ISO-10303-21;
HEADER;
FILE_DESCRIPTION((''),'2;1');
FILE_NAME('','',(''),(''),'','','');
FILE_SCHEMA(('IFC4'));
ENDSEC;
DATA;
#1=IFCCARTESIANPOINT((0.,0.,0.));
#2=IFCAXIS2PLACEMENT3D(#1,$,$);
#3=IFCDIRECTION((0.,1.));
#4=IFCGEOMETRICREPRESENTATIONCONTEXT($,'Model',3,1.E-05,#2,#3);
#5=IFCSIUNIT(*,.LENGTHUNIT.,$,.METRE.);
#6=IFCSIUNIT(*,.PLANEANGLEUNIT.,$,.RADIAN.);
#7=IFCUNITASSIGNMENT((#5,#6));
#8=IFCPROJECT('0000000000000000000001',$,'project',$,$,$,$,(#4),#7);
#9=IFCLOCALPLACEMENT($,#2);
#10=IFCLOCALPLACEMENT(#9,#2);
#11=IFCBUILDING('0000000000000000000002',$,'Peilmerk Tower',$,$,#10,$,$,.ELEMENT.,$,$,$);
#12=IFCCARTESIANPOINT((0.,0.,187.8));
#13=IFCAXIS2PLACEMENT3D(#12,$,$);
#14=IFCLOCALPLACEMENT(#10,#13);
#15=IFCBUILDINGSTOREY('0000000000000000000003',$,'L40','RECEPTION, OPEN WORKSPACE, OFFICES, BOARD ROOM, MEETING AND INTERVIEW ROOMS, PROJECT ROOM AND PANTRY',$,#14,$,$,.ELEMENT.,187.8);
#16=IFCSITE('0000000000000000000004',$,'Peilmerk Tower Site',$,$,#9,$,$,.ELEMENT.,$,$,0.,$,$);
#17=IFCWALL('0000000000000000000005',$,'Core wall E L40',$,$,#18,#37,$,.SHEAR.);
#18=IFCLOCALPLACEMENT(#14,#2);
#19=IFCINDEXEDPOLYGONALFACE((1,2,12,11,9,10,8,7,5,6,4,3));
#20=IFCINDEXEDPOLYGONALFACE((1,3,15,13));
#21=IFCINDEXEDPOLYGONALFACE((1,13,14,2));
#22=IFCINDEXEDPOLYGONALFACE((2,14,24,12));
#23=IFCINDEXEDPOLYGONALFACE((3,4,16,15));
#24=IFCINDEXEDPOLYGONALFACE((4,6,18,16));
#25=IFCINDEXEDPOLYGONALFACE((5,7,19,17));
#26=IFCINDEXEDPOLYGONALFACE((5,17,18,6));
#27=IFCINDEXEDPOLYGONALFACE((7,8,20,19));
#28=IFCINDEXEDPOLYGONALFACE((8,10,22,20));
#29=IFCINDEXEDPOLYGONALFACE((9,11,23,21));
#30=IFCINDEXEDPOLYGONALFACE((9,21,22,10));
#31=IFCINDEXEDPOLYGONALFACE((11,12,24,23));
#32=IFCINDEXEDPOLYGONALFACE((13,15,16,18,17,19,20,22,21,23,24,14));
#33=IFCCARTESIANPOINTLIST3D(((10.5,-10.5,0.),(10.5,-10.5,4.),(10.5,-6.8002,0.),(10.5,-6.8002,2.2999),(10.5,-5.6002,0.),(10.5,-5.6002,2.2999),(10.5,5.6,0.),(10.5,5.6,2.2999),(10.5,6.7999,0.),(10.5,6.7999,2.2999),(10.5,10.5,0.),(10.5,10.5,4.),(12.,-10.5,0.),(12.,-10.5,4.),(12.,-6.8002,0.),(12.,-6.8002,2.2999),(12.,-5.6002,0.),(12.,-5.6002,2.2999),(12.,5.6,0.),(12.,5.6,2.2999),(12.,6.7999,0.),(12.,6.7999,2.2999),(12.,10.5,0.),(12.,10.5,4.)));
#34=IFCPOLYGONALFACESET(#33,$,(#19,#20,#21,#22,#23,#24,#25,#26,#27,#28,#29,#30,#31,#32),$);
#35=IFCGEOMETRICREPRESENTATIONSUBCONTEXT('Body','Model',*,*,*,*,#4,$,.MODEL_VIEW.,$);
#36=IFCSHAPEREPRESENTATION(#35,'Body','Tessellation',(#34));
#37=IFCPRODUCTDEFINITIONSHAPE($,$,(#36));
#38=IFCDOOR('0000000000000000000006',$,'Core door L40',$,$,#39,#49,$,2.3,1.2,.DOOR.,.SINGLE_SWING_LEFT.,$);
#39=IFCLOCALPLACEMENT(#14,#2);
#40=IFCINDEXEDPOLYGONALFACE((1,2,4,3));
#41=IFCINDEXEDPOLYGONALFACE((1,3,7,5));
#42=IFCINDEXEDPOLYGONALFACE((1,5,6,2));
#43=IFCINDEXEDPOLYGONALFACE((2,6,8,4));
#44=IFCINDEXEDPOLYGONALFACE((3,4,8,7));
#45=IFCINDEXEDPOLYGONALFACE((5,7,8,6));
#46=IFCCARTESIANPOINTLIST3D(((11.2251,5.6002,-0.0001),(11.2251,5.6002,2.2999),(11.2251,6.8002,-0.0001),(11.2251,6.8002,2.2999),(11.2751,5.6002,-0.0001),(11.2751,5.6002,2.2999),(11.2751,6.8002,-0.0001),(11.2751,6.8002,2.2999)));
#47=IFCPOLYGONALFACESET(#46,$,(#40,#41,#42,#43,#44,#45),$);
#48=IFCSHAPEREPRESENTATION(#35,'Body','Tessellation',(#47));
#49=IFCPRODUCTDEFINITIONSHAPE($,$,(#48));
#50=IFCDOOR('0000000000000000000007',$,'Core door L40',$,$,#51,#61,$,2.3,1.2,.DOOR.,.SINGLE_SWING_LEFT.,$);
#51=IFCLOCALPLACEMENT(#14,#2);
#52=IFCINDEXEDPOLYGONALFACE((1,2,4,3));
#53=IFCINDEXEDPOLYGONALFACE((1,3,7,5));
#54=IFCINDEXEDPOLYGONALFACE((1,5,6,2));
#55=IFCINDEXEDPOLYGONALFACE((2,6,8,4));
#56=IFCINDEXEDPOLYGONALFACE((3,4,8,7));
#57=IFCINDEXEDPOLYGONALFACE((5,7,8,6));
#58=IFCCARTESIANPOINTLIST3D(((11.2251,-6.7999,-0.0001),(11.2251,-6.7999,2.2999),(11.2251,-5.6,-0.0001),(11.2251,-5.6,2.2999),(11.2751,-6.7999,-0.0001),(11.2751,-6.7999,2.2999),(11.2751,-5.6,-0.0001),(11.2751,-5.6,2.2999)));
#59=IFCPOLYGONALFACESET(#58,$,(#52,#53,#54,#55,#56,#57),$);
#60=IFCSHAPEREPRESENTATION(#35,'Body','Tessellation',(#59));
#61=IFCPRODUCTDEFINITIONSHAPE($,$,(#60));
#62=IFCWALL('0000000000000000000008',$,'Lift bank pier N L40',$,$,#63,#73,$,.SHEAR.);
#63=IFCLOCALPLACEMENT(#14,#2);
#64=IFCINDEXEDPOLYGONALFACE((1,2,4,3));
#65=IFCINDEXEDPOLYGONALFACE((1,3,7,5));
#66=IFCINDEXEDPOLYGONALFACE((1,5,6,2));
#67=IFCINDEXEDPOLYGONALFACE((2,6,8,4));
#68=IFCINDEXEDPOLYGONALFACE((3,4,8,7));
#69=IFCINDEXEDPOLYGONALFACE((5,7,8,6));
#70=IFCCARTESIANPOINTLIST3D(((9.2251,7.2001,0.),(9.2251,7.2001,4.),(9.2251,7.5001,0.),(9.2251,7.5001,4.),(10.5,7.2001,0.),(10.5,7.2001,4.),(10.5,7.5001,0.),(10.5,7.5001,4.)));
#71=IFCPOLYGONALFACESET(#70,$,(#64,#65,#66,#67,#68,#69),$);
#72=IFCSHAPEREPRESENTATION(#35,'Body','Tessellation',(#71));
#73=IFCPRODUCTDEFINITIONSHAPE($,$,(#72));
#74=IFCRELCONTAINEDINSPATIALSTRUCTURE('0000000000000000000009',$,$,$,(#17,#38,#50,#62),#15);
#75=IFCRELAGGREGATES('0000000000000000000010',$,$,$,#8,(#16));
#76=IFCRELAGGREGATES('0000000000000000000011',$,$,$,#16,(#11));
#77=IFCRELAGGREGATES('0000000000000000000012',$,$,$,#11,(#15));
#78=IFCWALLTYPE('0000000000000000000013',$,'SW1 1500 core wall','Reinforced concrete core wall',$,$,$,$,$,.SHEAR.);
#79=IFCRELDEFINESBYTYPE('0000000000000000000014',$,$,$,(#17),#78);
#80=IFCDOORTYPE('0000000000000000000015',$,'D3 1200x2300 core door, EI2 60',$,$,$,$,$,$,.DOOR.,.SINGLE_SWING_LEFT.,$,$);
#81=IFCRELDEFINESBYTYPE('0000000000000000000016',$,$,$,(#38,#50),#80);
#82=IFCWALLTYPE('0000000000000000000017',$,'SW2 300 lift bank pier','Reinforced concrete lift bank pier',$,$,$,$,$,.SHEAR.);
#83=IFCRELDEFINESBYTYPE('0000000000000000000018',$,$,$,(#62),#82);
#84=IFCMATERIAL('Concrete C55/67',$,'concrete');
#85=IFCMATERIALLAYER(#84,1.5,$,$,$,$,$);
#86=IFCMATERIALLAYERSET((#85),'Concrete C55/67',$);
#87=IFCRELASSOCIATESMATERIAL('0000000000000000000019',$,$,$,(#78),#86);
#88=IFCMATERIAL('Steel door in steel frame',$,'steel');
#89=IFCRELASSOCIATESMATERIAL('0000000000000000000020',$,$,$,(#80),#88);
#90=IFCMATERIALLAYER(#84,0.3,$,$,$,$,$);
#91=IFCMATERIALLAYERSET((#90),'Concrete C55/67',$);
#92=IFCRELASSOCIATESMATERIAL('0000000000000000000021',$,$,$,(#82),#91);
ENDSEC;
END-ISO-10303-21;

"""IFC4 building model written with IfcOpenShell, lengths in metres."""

from ifc_helpers import new_model, si_unit, direction, frame, frame_2d, origin, place, context, subcontext, project, spatial, rectangle, extrude, material, layer, layer_set, type_object, element, fill, save


model = new_model("IFC4")

# Units and contexts
model_context = context("Model", 3, precision=1e-05, world=origin(), true_north=direction((0.0, 1.0)))
body_context = subcontext(model_context, "Body", "Model", "MODEL_VIEW")
ifc_project = project(units=[si_unit("LENGTHUNIT", "METRE"), si_unit("PLANEANGLEUNIT", "RADIAN")], contexts=[model_context])

# Site, building, storey
site_placement = place(None, origin())
site = spatial("IfcSite", under=ifc_project, at=site_placement, Name="Peilmerk Tower Site", CompositionType="ELEMENT", RefElevation=0.0)
building_placement = place(site_placement, origin())
building = spatial("IfcBuilding", under=site, at=building_placement, Name="Peilmerk Tower", CompositionType="ELEMENT")
storey_placement = place(building_placement, frame((0.0, 0.0, 187.8)))
storey = spatial("IfcBuildingStorey", under=building, at=storey_placement, Name="L40", Description="RECEPTION, OPEN WORKSPACE, OFFICES, BOARD ROOM, MEETING AND INTERVIEW ROOMS, PROJECT ROOM AND PANTRY", CompositionType="ELEMENT", Elevation=187.8)

# Shared definitions
ifc_material_1 = material(Name="Steel door in steel frame", Category="steel")

# Wall, openings, doors
ifc_material_2 = material(Name="Concrete C55/67", Category="concrete")
ifc_layer_1 = layer(ifc_material_2, 1.5)
ifc_layer_set_1 = layer_set([ifc_layer_1], Name="Concrete C55/67")
wall_type_1 = type_object("IfcWallType", Name="SW1 1500 core wall", Description="Reinforced concrete core wall", PredefinedType="SHEAR", material=ifc_layer_set_1)
wall_1_placement = place(storey_placement, frame((11.25, 10.5, 0.0), z_axis=(0.0, 0.0, 1.0), x_axis=(0.0, -1.0, 0.0)))
wall_1 = element("IfcWall", 1, at=wall_1_placement, inside=storey, type_object=wall_type_1, Name="Core wall E L40", PredefinedType="SHEAR", context=body_context, shape_type="SweptSolid", body=[
    extrude(rectangle(XDim=21.0, YDim=1.5, at=frame_2d((10.5, 0.0))), origin(), (0.0, 0.0, 1.0), 4.0),
])
opening_1_placement = place(wall_1_placement, frame((3.7, 0.0, 0.0)))
opening_1 = element("IfcOpeningElement", 2, at=opening_1_placement, cuts=wall_1, PredefinedType="OPENING", context=body_context, shape_type="SweptSolid", body=[
    extrude(rectangle(XDim=1.2, YDim=2.3, at=frame_2d((0.6001, 1.1499))), frame((0.0, 0.76, 0.0), z_axis=(0.0, -1.0, 0.0), x_axis=(1.0, 0.0, 0.0)), (0.0, 0.0, 1.0), 1.52),
])
opening_2_placement = place(wall_1_placement, frame((16.1001, 0.0, 0.0)))
opening_2 = element("IfcOpeningElement", 3, at=opening_2_placement, cuts=wall_1, PredefinedType="OPENING", context=body_context, shape_type="SweptSolid", body=[
    extrude(rectangle(XDim=1.2, YDim=2.3, at=frame_2d((0.6001, 1.1499))), frame((0.0, 0.76, 0.0), z_axis=(0.0, -1.0, 0.0), x_axis=(1.0, 0.0, 0.0)), (0.0, 0.0, 1.0), 1.52),
])
door_type_1 = type_object("IfcDoorType", Name="D3 1200x2300 core door, EI2 60", OperationType="SINGLE_SWING_LEFT", PredefinedType="DOOR", material=ifc_material_1)
door_1_placement = place(opening_1_placement, frame((1.2, 0.0, 0.0), z_axis=(0.0, 0.0, 1.0), x_axis=(-1.0, 0.0, 0.0)))
door_1 = element("IfcDoor", 4, at=door_1_placement, inside=storey, type_object=door_type_1, Name="Core door L40", OperationType="SINGLE_SWING_LEFT", OverallHeight=2.3, OverallWidth=1.2, PredefinedType="DOOR", context=body_context, shape_type="SweptSolid", body=[
    extrude(rectangle(XDim=1.2, YDim=2.3, at=frame_2d((0.6001, 1.1499))), frame((0.0, 0.0249, 0.0), z_axis=(0.0, -1.0, 0.0), x_axis=(1.0, 0.0, 0.0)), (0.0, 0.0, 1.0), 0.05),
])
fill(opening_1, door_1)
door_2_placement = place(opening_2_placement, frame((1.2, 0.0, 0.0), z_axis=(0.0, 0.0, 1.0), x_axis=(-1.0, 0.0, 0.0)))
door_2 = element("IfcDoor", 5, at=door_2_placement, inside=storey, type_object=door_type_1, Name="Core door L40", OperationType="SINGLE_SWING_LEFT", OverallHeight=2.3, OverallWidth=1.2, PredefinedType="DOOR", context=body_context, shape_type="SweptSolid", body=[
    extrude(rectangle(XDim=1.2, YDim=2.3, at=frame_2d((0.6001, 1.1499))), frame((0.0, 0.0249, 0.0), z_axis=(0.0, -1.0, 0.0), x_axis=(1.0, 0.0, 0.0)), (0.0, 0.0, 1.0), 0.05),
])
fill(opening_2, door_2)

# Wall
ifc_layer_2 = layer(ifc_material_2, 0.3)
ifc_layer_set_2 = layer_set([ifc_layer_2], Name="Concrete C55/67")
wall_type_2 = type_object("IfcWallType", Name="SW2 300 lift bank pier", Description="Reinforced concrete lift bank pier", PredefinedType="SHEAR", material=ifc_layer_set_2)
wall_2_placement = place(storey_placement, frame((9.2251, 7.3501, 0.0), z_axis=(0.0, 0.0, 1.0), x_axis=(1.0, 0.0, 0.0)))
element("IfcWall", 6, at=wall_2_placement, inside=storey, type_object=wall_type_2, Name="Lift bank pier N L40", PredefinedType="SHEAR", context=body_context, shape_type="SweptSolid", body=[
    extrude(rectangle(XDim=1.2749, YDim=0.3, at=frame_2d((0.6375, 0.0))), origin(), (0.0, 0.0, 1.0), 4.0),
])

save(model, "model.ifc")
